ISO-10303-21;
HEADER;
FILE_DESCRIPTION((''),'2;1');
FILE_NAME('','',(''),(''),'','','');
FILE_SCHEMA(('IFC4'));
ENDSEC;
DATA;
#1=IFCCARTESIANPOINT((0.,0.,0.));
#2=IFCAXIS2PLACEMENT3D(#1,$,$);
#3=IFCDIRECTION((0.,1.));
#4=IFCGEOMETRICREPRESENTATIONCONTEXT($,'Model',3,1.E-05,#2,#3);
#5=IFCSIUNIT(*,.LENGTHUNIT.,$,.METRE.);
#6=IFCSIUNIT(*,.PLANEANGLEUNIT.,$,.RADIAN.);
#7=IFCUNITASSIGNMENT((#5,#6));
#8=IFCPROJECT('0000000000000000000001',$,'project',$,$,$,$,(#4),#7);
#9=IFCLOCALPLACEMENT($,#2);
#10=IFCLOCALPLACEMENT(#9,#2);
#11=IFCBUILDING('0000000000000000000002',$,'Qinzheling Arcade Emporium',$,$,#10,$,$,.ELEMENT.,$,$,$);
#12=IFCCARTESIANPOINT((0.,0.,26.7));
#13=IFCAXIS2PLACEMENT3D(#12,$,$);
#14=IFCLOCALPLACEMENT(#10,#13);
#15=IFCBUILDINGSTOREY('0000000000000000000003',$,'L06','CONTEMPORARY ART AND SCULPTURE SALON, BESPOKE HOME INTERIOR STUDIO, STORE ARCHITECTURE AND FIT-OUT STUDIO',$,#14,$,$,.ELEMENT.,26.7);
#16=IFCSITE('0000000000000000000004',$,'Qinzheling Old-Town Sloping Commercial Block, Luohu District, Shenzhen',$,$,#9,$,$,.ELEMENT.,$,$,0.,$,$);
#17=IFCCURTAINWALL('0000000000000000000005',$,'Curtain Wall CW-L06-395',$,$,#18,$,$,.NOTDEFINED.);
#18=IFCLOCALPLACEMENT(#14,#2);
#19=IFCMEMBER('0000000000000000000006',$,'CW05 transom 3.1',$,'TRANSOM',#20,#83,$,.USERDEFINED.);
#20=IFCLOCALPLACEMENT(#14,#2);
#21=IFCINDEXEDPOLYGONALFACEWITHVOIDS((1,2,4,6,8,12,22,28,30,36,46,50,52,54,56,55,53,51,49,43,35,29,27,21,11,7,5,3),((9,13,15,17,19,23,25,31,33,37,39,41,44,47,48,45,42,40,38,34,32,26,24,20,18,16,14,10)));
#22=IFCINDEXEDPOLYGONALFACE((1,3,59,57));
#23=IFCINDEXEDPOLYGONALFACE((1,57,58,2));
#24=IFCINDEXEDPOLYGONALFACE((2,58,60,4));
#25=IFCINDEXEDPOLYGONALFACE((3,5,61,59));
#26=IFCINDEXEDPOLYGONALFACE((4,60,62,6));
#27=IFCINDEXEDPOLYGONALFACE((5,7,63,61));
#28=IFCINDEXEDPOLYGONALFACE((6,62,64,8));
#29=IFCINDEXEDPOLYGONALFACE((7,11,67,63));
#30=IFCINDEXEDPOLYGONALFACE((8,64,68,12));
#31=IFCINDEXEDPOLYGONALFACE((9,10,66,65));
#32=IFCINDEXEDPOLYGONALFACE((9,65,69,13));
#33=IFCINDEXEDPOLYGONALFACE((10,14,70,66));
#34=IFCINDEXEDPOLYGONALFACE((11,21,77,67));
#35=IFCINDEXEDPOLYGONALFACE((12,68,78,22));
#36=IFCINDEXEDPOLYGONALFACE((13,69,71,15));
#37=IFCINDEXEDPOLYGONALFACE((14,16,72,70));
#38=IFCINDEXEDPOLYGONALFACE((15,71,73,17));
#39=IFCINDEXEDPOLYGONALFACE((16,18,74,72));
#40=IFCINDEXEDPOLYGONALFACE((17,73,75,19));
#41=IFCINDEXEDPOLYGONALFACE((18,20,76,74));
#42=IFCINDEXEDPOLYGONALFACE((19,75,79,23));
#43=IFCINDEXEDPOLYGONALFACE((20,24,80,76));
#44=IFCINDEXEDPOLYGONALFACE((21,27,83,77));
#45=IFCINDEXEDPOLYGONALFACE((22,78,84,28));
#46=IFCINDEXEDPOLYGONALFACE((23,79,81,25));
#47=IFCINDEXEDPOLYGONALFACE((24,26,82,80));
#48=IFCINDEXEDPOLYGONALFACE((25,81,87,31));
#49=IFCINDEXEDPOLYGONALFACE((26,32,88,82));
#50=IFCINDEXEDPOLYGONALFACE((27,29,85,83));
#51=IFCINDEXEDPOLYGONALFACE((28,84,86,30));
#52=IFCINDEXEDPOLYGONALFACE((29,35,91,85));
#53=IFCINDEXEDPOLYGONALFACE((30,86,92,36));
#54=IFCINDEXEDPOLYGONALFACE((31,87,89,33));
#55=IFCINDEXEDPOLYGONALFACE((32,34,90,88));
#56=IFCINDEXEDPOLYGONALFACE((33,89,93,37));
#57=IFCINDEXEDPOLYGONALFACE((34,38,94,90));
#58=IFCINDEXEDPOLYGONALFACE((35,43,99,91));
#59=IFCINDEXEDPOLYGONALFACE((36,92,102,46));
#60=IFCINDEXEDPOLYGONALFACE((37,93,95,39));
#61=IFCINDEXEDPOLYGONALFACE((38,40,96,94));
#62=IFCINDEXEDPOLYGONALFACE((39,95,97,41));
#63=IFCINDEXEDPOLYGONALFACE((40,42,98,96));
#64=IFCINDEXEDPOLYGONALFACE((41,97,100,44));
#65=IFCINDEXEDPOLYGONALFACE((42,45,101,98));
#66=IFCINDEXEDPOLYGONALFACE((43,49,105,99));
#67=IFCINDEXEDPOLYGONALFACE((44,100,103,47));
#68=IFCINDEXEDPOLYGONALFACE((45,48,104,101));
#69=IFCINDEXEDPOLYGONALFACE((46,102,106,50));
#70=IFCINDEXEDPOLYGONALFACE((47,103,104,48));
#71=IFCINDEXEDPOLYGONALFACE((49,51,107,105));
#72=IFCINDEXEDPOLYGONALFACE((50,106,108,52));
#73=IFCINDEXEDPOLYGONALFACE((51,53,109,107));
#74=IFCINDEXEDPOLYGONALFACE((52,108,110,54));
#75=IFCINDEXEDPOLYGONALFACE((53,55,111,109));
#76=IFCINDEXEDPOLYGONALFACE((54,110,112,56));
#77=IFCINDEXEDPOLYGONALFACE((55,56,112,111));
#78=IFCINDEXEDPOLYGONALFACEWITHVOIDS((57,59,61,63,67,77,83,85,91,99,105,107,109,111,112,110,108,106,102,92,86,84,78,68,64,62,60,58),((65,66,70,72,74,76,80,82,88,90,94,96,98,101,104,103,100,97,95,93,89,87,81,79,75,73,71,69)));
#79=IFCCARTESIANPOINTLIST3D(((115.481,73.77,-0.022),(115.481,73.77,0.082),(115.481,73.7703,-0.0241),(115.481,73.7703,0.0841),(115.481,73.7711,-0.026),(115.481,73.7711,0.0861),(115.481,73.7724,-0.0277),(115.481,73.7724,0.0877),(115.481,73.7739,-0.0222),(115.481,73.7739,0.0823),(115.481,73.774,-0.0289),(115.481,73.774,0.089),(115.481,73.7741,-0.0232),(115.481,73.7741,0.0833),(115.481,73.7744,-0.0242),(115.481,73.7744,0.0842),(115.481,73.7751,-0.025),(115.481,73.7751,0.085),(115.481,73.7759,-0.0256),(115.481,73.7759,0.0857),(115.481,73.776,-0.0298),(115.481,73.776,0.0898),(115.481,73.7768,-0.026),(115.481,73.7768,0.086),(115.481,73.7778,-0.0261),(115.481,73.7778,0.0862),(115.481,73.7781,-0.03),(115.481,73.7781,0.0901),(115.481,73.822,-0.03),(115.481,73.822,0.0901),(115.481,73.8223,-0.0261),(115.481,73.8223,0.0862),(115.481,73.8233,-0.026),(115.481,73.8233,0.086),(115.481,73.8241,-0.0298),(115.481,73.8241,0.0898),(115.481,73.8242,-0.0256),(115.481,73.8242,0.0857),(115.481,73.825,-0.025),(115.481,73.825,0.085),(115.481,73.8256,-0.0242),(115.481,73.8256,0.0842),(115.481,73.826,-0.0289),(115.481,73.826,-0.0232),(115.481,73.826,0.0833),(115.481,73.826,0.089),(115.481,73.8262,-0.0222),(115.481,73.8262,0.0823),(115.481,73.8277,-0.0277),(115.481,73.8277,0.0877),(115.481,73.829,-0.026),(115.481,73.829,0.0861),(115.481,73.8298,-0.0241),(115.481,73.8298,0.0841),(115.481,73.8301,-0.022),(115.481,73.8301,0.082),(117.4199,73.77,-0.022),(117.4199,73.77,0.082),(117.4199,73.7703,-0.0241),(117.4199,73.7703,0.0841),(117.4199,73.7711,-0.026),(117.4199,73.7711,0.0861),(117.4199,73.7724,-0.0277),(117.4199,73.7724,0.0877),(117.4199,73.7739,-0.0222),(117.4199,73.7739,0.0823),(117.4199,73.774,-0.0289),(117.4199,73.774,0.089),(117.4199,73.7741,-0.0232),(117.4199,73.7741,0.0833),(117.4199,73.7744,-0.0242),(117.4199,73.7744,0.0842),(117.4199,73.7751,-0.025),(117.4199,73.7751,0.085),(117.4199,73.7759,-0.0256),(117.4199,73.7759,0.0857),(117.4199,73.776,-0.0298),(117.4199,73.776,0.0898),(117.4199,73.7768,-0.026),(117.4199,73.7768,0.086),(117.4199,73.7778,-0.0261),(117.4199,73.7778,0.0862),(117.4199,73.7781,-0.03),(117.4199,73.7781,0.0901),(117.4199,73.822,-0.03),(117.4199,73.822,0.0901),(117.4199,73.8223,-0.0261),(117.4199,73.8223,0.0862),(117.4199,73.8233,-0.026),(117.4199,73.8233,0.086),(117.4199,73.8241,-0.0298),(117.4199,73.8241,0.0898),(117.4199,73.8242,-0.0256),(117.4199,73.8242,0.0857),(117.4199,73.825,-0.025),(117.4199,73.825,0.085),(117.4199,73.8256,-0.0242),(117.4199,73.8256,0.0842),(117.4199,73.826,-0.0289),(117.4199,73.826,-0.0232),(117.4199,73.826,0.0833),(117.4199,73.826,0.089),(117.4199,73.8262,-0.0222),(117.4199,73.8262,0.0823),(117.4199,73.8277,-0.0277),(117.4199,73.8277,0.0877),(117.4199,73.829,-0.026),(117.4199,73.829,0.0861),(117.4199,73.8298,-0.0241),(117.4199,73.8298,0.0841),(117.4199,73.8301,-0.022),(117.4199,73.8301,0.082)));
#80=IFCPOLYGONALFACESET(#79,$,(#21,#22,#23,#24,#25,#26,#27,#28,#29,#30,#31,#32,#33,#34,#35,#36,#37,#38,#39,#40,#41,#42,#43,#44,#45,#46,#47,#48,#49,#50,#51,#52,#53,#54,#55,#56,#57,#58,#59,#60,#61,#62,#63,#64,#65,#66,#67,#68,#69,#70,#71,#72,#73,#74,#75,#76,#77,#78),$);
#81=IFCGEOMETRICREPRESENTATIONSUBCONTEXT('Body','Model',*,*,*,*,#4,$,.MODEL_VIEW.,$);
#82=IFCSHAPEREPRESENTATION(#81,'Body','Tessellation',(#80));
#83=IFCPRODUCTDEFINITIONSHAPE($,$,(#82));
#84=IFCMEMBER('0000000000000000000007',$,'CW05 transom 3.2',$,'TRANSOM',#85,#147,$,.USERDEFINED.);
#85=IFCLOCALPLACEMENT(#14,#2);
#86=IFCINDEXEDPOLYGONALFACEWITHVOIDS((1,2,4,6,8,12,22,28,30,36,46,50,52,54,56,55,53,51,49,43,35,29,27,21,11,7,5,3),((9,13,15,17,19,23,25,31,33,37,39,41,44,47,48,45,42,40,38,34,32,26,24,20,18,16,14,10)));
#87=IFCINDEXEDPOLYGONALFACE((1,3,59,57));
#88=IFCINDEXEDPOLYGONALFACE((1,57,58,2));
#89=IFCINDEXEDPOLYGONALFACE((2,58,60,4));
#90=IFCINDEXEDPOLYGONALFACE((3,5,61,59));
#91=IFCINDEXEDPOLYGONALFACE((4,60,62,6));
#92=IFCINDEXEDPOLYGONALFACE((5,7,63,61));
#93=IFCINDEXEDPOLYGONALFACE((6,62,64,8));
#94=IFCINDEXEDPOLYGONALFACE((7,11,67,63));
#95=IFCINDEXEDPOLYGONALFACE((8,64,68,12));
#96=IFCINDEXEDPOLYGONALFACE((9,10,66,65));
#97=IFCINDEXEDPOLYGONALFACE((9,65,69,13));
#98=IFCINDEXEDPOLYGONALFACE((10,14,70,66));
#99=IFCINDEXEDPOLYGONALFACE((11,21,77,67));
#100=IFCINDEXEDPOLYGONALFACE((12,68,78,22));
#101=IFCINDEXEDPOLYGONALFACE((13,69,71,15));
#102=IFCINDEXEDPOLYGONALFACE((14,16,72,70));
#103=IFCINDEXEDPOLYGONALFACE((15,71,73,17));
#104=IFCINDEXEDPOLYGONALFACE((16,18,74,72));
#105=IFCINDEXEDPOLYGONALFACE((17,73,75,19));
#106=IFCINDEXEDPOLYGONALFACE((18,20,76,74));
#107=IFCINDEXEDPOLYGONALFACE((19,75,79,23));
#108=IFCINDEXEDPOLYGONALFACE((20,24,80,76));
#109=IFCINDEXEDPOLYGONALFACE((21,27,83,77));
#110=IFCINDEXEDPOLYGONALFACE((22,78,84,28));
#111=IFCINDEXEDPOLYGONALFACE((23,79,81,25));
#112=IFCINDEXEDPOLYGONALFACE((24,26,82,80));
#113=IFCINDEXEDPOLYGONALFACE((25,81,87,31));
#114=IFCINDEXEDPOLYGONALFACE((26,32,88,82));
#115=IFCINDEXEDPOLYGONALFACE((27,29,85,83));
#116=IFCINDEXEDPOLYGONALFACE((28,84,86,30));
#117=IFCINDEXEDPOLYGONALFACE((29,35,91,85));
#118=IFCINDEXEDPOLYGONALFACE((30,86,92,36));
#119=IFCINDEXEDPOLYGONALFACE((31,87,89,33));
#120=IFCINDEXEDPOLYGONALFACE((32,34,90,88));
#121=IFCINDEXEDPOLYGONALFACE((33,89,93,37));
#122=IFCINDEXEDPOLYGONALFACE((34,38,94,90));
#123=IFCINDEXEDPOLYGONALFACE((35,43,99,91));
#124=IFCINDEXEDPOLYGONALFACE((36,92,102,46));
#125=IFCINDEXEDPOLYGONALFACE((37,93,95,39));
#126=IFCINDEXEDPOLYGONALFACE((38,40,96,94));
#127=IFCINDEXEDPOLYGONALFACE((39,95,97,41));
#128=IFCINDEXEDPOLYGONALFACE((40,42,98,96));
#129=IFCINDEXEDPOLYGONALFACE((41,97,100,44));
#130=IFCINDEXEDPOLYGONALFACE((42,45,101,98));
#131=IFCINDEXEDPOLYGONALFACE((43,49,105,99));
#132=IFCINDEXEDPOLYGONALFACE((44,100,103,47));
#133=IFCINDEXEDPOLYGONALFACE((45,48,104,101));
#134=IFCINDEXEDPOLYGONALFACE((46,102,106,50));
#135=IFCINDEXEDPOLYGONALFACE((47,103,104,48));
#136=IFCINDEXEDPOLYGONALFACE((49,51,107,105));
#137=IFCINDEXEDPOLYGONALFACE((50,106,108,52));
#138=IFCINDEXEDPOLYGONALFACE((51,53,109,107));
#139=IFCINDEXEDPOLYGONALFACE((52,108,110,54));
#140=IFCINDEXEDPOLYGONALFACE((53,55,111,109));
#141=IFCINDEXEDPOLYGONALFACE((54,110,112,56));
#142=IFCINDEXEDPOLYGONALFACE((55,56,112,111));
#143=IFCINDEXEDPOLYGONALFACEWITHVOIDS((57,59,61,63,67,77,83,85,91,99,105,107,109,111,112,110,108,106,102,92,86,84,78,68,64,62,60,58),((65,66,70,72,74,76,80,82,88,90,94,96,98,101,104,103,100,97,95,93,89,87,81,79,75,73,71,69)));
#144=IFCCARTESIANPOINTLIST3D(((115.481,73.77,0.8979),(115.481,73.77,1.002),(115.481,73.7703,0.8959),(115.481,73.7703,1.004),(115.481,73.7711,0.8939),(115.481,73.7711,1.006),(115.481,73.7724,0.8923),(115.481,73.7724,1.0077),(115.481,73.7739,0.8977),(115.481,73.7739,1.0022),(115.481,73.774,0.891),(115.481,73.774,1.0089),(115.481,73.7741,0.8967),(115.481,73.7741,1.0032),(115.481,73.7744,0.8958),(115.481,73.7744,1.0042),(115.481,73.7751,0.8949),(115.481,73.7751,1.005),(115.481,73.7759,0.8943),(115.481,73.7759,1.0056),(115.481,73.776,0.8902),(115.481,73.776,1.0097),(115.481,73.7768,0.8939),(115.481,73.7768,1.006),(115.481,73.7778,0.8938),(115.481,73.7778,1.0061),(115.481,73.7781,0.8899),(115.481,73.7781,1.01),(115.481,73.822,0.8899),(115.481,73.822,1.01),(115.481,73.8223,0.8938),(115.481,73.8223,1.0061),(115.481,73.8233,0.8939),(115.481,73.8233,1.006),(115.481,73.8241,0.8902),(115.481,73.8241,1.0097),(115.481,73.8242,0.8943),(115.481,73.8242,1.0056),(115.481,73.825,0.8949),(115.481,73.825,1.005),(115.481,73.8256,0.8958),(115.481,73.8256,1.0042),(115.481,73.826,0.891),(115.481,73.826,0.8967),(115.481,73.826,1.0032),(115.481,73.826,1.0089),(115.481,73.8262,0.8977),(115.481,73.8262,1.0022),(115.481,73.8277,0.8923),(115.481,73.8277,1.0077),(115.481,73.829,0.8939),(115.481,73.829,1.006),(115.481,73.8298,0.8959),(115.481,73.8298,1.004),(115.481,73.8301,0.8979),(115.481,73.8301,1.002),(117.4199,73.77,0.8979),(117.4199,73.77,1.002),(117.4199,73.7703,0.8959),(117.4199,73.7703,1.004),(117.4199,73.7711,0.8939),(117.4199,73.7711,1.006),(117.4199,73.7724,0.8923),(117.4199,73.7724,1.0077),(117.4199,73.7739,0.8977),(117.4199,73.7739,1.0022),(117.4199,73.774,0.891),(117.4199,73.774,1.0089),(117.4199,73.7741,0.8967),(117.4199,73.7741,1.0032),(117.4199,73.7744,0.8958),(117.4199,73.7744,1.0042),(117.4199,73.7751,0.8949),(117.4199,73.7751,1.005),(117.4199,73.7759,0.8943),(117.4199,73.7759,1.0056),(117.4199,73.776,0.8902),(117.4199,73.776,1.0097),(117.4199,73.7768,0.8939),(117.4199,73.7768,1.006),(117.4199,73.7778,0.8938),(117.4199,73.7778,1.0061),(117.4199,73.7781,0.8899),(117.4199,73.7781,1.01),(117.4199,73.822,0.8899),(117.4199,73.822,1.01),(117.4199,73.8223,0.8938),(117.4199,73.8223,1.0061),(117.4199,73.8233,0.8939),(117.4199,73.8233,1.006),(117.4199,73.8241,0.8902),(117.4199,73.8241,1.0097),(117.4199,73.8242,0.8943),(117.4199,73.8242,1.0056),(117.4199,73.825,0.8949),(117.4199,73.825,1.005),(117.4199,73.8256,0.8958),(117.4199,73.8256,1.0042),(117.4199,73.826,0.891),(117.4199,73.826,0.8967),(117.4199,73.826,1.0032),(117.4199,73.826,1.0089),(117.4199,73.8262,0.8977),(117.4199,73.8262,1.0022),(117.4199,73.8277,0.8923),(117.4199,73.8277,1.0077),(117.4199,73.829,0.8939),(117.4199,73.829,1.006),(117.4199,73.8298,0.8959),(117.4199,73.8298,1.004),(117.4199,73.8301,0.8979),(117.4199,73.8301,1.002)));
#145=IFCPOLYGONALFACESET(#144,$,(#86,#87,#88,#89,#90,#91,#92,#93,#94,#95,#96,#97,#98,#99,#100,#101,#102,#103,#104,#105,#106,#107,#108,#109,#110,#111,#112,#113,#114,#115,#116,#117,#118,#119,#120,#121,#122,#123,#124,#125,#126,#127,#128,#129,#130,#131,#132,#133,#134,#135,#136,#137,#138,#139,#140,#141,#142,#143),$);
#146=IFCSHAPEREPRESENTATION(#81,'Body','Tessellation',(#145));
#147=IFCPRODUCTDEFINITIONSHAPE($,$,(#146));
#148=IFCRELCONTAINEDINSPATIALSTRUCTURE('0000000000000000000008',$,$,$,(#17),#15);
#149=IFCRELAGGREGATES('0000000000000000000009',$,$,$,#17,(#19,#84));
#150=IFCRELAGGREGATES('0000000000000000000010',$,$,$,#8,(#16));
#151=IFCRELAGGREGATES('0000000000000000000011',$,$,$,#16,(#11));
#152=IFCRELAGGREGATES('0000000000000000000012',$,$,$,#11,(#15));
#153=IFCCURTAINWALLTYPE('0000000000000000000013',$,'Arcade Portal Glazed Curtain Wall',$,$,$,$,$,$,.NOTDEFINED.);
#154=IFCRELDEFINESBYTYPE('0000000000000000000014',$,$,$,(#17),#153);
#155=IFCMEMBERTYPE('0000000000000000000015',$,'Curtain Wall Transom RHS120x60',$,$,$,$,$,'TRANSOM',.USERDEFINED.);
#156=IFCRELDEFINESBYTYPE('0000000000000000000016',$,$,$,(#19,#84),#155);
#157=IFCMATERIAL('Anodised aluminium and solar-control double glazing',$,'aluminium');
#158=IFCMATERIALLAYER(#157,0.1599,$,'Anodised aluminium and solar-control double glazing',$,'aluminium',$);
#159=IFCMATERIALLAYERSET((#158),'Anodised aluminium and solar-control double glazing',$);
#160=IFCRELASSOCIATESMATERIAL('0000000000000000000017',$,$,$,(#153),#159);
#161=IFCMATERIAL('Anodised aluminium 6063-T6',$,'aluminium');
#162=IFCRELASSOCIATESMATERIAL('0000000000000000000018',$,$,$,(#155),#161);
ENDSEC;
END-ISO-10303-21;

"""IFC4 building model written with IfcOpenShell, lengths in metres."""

from ifc_helpers import new_model, si_unit, direction, frame, origin, origin_2d, place, context, subcontext, project, spatial, hollow_rectangle, extrude, material, layer, layer_set, material_profile, profile_set, type_object, element, aggregate, save


model = new_model("IFC4")

# Units and contexts
model_context = context("Model", 3, precision=1e-05, world=origin(), true_north=direction((0.0, 1.0)))
body_context = subcontext(model_context, "Body", "Model", "MODEL_VIEW")
ifc_project = project(units=[si_unit("LENGTHUNIT", "METRE"), si_unit("PLANEANGLEUNIT", "RADIAN")], contexts=[model_context])

# Site, building, storey
site_placement = place(None, origin())
site = spatial("IfcSite", under=ifc_project, at=site_placement, Name="Qinzheling Old-Town Sloping Commercial Block, Luohu District, Shenzhen", CompositionType="ELEMENT", RefElevation=0.0)
building_placement = place(site_placement, origin())
building = spatial("IfcBuilding", under=site, at=building_placement, Name="Qinzheling Arcade Emporium", CompositionType="ELEMENT")
storey_placement = place(building_placement, frame((0.0, 0.0, 26.7)))
storey = spatial("IfcBuildingStorey", under=building, at=storey_placement, Name="L06", Description="CONTEMPORARY ART AND SCULPTURE SALON, BESPOKE HOME INTERIOR STUDIO, STORE ARCHITECTURE AND FIT-OUT STUDIO", CompositionType="ELEMENT", Elevation=26.7)

# Curtain wall
ifc_material_1 = material(Name="Anodised aluminium and solar-control double glazing", Category="aluminium")
ifc_layer_1 = layer(ifc_material_1, 0.1599, Name="Anodised aluminium and solar-control double glazing", Category="aluminium")
ifc_layer_set_1 = layer_set([ifc_layer_1], Name="Anodised aluminium and solar-control double glazing")
curtain_wall_type = type_object("IfcCurtainWallType", Name="Arcade Portal Glazed Curtain Wall", PredefinedType="NOTDEFINED", material=ifc_layer_set_1)
curtain_wall_1_placement = place(storey_placement, origin())
curtain_wall_1 = element("IfcCurtainWall", 1, at=curtain_wall_1_placement, inside=storey, type_object=curtain_wall_type, Name="Curtain Wall CW-L06-395", PredefinedType="NOTDEFINED")
ifc_material_2 = material(Name="Anodised aluminium 6063-T6", Category="aluminium")

# Members
ifc_material_profile_1 = material_profile(ifc_material_2, hollow_rectangle(XDim=0.0601, YDim=0.1201, WallThickness=0.0039, InnerFilletRadius=0.0039, OuterFilletRadius=0.0081, at=origin_2d()), Name="RHS 120x60x4", Category="aluminium")
ifc_profile_set_1 = profile_set([ifc_material_profile_1], Name="Anodised aluminium 6063-T6")
member_type_1 = type_object("IfcMemberType", Name="Curtain Wall Transom RHS120x60", ElementType="TRANSOM", PredefinedType="USERDEFINED", material=ifc_profile_set_1)
member_1_placement = place(storey_placement, frame((117.4199, 73.8, 0.03), z_axis=(-1.0, 0.0, 0.0), x_axis=(0.0, -1.0, 0.0)))
member_1 = element("IfcMember", 2, at=member_1_placement, type_object=member_type_1, Name="CW05 transom 3.1", ObjectType="TRANSOM", PredefinedType="USERDEFINED", context=body_context, shape_type="SweptSolid", body=[
    extrude(hollow_rectangle(XDim=0.0601, YDim=0.1201, WallThickness=0.0039, InnerFilletRadius=0.0039, OuterFilletRadius=0.0081, at=origin_2d()), origin(), (0.0, 0.0, 1.0), 1.939),
])
member_2_placement = place(storey_placement, frame((117.4199, 73.8, 0.95), z_axis=(-1.0, 0.0, 0.0), x_axis=(0.0, -1.0, 0.0)))
member_2 = element("IfcMember", 3, at=member_2_placement, type_object=member_type_1, Name="CW05 transom 3.2", ObjectType="TRANSOM", PredefinedType="USERDEFINED", context=body_context, shape_type="SweptSolid", body=[
    extrude(hollow_rectangle(XDim=0.0601, YDim=0.1201, WallThickness=0.0039, InnerFilletRadius=0.0039, OuterFilletRadius=0.0081, at=origin_2d()), origin(), (0.0, 0.0, 1.0), 1.939),
])

aggregate(curtain_wall_1, [member_1, member_2])

save(model, "model.ifc")
